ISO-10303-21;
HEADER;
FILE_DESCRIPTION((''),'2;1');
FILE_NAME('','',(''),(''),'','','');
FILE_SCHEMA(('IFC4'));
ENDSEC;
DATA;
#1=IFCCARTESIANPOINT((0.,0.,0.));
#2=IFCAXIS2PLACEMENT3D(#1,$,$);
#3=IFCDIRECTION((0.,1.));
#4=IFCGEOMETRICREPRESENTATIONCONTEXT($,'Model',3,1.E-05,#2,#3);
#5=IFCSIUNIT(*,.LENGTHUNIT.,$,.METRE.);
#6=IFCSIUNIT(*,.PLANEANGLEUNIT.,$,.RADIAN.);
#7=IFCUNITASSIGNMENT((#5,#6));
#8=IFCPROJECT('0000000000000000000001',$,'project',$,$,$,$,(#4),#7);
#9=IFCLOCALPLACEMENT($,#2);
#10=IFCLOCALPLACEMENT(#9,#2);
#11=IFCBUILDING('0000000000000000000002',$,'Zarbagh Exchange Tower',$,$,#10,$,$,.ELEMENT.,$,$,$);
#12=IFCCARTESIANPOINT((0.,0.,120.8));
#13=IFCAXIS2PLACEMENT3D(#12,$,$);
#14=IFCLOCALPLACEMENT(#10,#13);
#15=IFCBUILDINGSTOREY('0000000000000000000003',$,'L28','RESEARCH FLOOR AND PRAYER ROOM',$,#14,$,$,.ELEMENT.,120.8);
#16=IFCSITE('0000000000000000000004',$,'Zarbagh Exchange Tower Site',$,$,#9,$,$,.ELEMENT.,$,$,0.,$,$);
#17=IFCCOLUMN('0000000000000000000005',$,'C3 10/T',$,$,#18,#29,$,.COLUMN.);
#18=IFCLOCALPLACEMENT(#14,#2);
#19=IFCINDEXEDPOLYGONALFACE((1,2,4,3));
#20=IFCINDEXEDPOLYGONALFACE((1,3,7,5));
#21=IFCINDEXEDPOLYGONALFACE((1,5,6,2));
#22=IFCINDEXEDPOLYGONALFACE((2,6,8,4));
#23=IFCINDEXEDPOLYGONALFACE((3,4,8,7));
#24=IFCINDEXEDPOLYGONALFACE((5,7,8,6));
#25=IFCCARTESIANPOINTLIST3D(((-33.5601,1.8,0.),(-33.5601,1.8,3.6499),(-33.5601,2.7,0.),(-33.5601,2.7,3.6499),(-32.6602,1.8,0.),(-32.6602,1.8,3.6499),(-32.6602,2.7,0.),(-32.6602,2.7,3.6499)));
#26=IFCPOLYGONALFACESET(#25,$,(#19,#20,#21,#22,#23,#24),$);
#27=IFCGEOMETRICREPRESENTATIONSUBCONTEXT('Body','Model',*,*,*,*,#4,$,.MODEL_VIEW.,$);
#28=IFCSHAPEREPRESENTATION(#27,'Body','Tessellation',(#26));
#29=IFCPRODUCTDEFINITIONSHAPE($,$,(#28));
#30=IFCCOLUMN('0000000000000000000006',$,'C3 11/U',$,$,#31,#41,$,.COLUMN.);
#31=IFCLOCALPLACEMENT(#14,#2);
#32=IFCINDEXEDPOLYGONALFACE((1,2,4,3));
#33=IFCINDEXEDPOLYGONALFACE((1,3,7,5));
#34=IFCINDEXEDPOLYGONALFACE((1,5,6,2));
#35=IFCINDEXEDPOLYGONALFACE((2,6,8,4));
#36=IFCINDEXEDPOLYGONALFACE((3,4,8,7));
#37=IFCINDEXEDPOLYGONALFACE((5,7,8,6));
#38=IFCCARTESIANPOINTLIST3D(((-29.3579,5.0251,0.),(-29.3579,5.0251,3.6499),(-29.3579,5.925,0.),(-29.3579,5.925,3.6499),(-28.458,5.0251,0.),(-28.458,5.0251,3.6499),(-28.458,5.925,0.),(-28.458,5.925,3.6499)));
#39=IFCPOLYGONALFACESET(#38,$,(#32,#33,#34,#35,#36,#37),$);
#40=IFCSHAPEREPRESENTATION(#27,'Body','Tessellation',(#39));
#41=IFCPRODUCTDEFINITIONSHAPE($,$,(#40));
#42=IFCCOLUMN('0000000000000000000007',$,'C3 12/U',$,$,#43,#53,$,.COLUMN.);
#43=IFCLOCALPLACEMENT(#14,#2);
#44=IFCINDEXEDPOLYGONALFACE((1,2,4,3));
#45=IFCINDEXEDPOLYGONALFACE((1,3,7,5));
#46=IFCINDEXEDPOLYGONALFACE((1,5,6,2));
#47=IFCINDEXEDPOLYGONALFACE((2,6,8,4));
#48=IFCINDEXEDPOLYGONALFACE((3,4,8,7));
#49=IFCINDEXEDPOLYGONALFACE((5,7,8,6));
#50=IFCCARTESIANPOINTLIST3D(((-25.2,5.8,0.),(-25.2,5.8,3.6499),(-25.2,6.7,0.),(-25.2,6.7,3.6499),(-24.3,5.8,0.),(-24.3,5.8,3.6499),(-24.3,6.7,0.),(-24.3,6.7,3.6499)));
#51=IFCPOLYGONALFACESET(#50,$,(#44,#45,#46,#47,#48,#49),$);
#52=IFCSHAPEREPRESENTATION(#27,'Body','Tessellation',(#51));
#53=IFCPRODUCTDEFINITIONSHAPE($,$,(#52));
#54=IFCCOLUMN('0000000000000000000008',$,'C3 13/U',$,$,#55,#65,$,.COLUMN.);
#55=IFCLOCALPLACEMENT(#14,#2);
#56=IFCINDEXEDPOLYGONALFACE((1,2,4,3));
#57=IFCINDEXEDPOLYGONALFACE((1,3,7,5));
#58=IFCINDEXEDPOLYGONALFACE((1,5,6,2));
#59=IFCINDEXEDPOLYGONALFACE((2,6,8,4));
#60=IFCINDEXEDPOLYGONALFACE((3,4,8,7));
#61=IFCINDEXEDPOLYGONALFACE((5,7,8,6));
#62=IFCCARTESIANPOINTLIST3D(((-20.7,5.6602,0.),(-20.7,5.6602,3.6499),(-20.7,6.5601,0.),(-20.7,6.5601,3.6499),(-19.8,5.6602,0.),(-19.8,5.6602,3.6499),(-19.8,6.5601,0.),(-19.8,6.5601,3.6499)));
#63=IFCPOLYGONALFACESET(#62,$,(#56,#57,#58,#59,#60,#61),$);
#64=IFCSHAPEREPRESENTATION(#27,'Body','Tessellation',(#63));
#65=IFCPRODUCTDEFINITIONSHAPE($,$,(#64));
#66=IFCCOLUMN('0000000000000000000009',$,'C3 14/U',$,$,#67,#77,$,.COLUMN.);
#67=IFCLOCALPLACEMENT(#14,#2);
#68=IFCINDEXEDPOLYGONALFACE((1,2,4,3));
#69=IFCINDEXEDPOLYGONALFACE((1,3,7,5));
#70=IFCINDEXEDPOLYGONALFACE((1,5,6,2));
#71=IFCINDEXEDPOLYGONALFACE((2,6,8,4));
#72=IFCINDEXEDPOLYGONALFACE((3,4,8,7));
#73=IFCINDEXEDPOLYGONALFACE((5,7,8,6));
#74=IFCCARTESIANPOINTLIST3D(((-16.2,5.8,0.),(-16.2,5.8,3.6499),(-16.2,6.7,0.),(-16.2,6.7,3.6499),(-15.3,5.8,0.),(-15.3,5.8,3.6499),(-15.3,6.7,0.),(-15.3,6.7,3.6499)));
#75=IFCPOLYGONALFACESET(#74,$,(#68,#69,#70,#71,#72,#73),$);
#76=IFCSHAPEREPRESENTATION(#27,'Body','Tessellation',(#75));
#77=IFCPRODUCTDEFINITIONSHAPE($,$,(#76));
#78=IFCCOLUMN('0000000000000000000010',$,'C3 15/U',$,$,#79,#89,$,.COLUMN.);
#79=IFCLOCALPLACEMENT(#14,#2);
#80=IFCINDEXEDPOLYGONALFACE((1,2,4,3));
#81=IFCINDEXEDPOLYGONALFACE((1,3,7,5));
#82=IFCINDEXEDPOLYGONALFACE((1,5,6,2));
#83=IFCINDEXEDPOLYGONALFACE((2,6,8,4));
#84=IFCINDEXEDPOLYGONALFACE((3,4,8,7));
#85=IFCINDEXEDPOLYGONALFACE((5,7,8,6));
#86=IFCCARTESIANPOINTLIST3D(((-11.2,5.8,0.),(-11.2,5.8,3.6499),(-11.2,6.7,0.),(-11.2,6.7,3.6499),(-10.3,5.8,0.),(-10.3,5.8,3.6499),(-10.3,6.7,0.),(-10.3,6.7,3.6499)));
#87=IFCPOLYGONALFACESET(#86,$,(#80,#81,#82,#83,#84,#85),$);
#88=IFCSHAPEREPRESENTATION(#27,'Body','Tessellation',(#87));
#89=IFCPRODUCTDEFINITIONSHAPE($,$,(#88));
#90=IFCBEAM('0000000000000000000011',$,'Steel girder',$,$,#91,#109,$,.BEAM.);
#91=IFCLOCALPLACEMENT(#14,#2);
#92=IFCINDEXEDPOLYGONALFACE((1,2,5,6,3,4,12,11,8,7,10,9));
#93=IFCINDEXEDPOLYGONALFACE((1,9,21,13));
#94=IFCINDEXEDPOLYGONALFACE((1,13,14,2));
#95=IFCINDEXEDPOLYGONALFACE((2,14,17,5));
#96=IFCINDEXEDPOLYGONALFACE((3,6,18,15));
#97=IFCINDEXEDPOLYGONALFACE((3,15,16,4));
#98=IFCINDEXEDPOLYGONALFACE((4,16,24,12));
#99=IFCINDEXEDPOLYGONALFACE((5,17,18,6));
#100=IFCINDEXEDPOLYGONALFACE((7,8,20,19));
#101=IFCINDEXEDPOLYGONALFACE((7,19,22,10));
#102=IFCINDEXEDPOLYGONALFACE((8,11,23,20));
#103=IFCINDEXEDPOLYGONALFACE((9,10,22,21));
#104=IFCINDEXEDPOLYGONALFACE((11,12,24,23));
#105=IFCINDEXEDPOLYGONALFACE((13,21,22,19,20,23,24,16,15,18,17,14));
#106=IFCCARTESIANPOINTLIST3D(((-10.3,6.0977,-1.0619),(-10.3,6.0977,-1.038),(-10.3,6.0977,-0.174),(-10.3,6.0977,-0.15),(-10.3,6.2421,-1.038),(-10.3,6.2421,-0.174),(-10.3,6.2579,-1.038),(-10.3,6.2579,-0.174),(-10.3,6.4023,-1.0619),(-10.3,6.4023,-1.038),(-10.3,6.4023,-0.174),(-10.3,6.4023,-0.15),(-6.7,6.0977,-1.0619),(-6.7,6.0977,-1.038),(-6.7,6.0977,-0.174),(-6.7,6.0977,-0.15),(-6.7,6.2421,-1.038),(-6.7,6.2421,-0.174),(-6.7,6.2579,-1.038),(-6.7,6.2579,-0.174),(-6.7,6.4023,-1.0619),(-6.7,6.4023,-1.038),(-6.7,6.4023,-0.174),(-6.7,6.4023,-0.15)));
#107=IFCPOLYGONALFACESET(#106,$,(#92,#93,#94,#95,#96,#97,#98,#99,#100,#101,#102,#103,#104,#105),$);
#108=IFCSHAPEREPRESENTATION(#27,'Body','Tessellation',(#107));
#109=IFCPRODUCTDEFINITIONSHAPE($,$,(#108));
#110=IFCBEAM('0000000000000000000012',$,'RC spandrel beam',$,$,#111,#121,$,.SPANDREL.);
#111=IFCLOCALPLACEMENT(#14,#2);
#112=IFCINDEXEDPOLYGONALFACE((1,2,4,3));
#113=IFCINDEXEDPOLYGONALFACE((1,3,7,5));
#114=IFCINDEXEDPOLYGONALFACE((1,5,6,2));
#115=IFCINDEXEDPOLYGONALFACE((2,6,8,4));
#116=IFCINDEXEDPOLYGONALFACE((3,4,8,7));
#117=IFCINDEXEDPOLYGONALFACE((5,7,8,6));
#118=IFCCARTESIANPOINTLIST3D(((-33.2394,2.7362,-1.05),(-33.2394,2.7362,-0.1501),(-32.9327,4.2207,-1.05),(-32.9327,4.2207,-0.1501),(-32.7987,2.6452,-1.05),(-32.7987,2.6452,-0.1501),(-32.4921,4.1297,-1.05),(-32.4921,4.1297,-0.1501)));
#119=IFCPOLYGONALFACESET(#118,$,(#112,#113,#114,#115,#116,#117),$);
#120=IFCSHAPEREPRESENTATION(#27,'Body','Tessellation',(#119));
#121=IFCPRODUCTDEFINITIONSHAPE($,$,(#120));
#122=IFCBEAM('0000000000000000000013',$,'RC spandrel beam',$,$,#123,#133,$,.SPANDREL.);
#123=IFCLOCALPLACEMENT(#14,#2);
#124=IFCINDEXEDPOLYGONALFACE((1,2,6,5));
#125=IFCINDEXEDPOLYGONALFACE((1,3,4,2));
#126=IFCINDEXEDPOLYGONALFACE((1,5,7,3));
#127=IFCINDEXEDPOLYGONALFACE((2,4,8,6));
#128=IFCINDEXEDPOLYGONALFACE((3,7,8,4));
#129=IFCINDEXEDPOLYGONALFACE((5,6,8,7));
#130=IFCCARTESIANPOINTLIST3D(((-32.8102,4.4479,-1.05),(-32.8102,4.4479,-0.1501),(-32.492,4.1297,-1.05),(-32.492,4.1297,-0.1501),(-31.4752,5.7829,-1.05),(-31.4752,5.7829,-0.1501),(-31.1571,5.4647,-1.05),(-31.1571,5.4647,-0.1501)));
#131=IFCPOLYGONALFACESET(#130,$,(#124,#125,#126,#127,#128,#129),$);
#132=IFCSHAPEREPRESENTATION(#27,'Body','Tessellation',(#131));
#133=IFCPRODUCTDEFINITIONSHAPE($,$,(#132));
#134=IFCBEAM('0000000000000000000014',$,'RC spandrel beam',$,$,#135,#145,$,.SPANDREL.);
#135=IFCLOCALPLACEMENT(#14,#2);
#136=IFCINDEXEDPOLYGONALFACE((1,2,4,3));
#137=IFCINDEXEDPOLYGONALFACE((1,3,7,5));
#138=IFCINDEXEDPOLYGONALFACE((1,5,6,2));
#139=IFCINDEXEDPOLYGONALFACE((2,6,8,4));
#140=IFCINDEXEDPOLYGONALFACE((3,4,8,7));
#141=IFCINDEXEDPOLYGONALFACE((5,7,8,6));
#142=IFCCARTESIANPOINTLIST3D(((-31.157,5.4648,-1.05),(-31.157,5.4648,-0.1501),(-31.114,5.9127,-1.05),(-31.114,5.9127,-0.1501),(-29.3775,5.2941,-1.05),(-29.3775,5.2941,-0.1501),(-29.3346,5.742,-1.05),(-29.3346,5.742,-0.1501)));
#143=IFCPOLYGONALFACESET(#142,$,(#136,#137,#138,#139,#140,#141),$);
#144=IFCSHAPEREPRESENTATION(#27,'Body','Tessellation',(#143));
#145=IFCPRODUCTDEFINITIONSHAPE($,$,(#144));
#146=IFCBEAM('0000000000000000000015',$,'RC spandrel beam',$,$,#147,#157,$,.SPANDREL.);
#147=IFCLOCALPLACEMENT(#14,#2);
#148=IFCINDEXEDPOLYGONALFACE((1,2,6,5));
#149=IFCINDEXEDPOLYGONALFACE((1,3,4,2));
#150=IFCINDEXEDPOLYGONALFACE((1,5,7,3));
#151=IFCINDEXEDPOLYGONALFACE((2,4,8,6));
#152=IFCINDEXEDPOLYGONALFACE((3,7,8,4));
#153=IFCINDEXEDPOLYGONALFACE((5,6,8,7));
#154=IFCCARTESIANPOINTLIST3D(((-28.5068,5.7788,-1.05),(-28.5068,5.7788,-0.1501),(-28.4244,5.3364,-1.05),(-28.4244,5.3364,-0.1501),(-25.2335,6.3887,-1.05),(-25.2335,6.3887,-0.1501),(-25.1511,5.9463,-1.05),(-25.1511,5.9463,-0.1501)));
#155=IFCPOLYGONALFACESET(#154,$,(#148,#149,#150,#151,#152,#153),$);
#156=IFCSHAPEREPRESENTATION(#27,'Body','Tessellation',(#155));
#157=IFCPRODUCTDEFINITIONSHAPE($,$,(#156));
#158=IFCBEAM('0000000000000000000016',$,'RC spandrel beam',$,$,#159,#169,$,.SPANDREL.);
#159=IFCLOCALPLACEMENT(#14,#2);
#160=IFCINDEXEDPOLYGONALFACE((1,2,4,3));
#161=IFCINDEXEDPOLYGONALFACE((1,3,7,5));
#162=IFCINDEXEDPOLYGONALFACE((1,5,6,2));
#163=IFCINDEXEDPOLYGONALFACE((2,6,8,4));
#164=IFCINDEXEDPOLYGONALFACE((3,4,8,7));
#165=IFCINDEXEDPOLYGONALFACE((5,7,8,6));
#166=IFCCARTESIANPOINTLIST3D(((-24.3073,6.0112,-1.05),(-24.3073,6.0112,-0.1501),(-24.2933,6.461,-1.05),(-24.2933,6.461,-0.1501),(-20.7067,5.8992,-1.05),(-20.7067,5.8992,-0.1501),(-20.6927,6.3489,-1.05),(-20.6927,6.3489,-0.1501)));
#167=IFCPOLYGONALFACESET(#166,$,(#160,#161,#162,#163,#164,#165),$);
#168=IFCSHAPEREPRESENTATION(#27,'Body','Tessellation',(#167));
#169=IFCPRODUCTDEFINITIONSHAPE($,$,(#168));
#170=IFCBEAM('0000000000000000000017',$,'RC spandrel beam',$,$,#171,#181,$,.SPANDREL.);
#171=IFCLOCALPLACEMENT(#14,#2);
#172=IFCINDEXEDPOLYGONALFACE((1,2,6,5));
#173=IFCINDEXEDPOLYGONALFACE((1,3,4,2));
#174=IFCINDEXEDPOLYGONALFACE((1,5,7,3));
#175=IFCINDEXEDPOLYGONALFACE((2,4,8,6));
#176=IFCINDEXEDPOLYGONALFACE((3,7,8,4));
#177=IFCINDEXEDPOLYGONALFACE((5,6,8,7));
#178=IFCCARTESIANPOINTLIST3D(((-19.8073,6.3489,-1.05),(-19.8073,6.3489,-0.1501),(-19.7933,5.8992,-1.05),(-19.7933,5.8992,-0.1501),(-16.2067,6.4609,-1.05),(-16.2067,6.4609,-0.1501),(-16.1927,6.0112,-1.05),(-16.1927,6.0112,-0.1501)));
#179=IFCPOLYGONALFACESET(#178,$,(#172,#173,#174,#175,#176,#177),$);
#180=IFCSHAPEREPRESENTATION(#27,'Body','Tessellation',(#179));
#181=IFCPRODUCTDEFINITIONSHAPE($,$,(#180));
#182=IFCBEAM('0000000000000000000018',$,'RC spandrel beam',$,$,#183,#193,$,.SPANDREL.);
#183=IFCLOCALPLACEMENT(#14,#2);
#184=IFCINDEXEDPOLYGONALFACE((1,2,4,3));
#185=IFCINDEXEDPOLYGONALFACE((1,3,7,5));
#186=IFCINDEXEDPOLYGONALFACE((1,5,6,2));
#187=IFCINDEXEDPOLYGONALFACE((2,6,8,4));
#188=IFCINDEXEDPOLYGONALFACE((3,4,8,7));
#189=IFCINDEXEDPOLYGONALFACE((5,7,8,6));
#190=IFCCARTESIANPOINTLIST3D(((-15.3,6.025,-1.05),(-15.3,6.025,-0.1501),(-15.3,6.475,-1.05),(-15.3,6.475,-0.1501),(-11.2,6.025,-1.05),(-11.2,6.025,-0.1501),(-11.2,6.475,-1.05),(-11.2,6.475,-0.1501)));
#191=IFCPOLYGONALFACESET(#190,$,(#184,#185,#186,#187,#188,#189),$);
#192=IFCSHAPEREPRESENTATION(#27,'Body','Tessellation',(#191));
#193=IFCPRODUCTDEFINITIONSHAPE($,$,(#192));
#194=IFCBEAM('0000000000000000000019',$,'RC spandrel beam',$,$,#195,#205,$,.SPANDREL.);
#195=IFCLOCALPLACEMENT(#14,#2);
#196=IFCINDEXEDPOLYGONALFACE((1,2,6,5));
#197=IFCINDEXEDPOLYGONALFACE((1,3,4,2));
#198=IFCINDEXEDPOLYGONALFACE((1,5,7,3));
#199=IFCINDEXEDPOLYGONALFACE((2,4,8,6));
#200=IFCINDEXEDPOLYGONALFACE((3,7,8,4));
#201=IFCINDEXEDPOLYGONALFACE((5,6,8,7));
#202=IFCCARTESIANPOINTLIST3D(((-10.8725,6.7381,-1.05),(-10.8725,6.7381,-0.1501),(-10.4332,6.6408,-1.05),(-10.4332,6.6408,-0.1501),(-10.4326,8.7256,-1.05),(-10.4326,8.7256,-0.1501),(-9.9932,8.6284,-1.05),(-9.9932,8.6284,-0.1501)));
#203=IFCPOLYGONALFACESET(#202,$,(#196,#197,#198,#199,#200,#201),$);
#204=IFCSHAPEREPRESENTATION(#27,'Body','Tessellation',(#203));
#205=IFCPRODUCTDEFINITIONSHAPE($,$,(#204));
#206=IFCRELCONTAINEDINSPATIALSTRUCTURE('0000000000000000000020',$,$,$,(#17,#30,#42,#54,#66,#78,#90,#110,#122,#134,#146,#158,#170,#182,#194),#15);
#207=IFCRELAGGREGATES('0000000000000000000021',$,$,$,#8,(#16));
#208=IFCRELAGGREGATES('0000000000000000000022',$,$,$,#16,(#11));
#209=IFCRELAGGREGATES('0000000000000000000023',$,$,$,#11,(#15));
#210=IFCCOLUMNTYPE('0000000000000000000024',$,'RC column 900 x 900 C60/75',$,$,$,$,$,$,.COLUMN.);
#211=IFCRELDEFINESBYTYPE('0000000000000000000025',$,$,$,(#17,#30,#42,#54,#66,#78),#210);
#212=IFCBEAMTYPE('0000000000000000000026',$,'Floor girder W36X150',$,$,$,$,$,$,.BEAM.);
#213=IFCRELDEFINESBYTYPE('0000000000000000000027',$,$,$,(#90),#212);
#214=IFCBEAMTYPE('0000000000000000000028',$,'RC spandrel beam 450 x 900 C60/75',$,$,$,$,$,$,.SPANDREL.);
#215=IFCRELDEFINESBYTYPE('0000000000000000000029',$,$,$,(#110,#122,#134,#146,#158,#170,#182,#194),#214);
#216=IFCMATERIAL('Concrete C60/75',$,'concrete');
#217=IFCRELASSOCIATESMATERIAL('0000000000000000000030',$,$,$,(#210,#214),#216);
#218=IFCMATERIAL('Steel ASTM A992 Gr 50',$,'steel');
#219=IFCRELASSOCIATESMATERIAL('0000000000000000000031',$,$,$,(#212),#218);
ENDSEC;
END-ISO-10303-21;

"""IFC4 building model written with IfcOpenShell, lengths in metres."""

from ifc_helpers import new_model, si_unit, direction, frame, origin, origin_2d, place, context, subcontext, project, spatial, rectangle, i_section, extrude, material, material_profile, profile_set, type_object, element, save


model = new_model("IFC4")

# Units and contexts
model_context = context("Model", 3, precision=1e-05, world=origin(), true_north=direction((0.0, 1.0)))
body_context = subcontext(model_context, "Body", "Model", "MODEL_VIEW")
ifc_project = project(units=[si_unit("LENGTHUNIT", "METRE"), si_unit("PLANEANGLEUNIT", "RADIAN")], contexts=[model_context])

# Site, building, storey
site_placement = place(None, origin())
site = spatial("IfcSite", under=ifc_project, at=site_placement, Name="Zarbagh Exchange Tower Site", CompositionType="ELEMENT", RefElevation=0.0)
building_placement = place(site_placement, origin())
building = spatial("IfcBuilding", under=site, at=building_placement, Name="Zarbagh Exchange Tower", CompositionType="ELEMENT")
storey_placement = place(building_placement, frame((0.0, 0.0, 120.8)))
storey = spatial("IfcBuildingStorey", under=building, at=storey_placement, Name="L28", Description="RESEARCH FLOOR AND PRAYER ROOM", CompositionType="ELEMENT", Elevation=120.8)

# Columns
ifc_material_1 = material(Name="Concrete C60/75", Category="concrete")
ifc_material_profile_1 = material_profile(ifc_material_1, rectangle(XDim=0.8999, YDim=0.8999, at=origin_2d()), Name="RC column 900 x 900 C60/75")
ifc_profile_set_1 = profile_set([ifc_material_profile_1], Name="Concrete C60/75")
column_type = type_object("IfcColumnType", Name="RC column 900 x 900 C60/75", PredefinedType="COLUMN", material=ifc_profile_set_1)
for number, where, z_axis, x_axis, name in (
    (1, (-33.1101, 2.25, 0.0), (0.0, 0.0, 1.0), (1.0, 0.0, 0.0), "C3 10/T"),
    (2, (-28.908, 5.4751, 0.0), (0.0, 0.0, 1.0), (1.0, 0.0, 0.0), "C3 11/U"),
    (3, (-24.75, 6.25, 0.0), (0.0, 0.0, 1.0), (1.0, 0.0, 0.0), "C3 12/U"),
    (4, (-20.25, 6.1101, 0.0), (0.0, 0.0, 1.0), (1.0, 0.0, 0.0), "C3 13/U"),
    (5, (-15.75, 6.25, 0.0), (0.0, 0.0, 1.0), (1.0, 0.0, 0.0), "C3 14/U"),
    (6, (-10.75, 6.25, 0.0), (0.0, 0.0, 1.0), (1.0, 0.0, 0.0), "C3 15/U"),
):
    element("IfcColumn", number, at=place(storey_placement, frame(where, z_axis=z_axis, x_axis=x_axis)), inside=storey, type_object=column_type, Name=name, PredefinedType="COLUMN", context=body_context, shape_type="SweptSolid", body=[
        extrude(rectangle(XDim=0.8999, YDim=0.8999, at=origin_2d()), origin(), (0.0, 0.0, 1.0), 3.6499),
    ])

# Beams
ifc_material_2 = material(Name="Steel ASTM A992 Gr 50", Category="steel")
ifc_material_profile_2 = material_profile(ifc_material_2, i_section(OverallWidth=0.3047, OverallDepth=0.9119, WebThickness=0.0159, FlangeThickness=0.0239, at=origin_2d()), Name="W36X150")
ifc_profile_set_2 = profile_set([ifc_material_profile_2], Name="Steel ASTM A992 Gr 50")
beam_type_1 = type_object("IfcBeamType", Name="Floor girder W36X150", PredefinedType="BEAM", material=ifc_profile_set_2)
beam_1_placement = place(storey_placement, frame((-10.3, 6.25, -0.606), z_axis=(1.0, 0.0, 0.0), x_axis=(0.0, 1.0, 0.0)))
element("IfcBeam", 7, at=beam_1_placement, inside=storey, type_object=beam_type_1, Name="Steel girder", PredefinedType="BEAM", context=body_context, shape_type="SweptSolid", body=[
    extrude(i_section(OverallWidth=0.3047, OverallDepth=0.9119, WebThickness=0.0159, FlangeThickness=0.0239, at=origin_2d()), origin(), (0.0, 0.0, 1.0), 3.6001),
])
ifc_material_profile_3 = material_profile(ifc_material_1, rectangle(XDim=0.45, YDim=0.8999, at=origin_2d()), Name="RC spandrel beam 450 x 900 C60/75")
ifc_profile_set_3 = profile_set([ifc_material_profile_3], Name="Concrete C60/75")
beam_type_2 = type_object("IfcBeamType", Name="RC spandrel beam 450 x 900 C60/75", PredefinedType="SPANDREL", material=ifc_profile_set_3)
beam_2_placement = place(storey_placement, frame((-33.019, 2.6907, -0.6001), z_axis=(0.202275, 0.979329, 0.0), x_axis=(-0.979329, 0.202275, 0.0)))
element("IfcBeam", 8, at=beam_2_placement, inside=storey, type_object=beam_type_2, Name="RC spandrel beam", PredefinedType="SPANDREL", context=body_context, shape_type="SweptSolid", body=[
    extrude(rectangle(XDim=0.45, YDim=0.8999, at=origin_2d()), origin(), (0.0, 0.0, 1.0), 1.5159),
])
beam_3_placement = place(storey_placement, frame((-32.6511, 4.2888, -0.6001), z_axis=(0.707107, 0.707107, 0.0), x_axis=(-0.707107, 0.707107, 0.0)))
element("IfcBeam", 9, at=beam_3_placement, inside=storey, type_object=beam_type_2, Name="RC spandrel beam", PredefinedType="SPANDREL", context=body_context, shape_type="SweptSolid", body=[
    extrude(rectangle(XDim=0.45, YDim=0.8999, at=origin_2d()), origin(), (0.0, 0.0, 1.0), 1.8879),
])
beam_4_placement = place(storey_placement, frame((-31.1355, 5.6887, -0.6001), z_axis=(0.995433, -0.09546, 0.0), x_axis=(0.09546, 0.995433, 0.0)))
element("IfcBeam", 10, at=beam_4_placement, inside=storey, type_object=beam_type_2, Name="RC spandrel beam", PredefinedType="SPANDREL", context=body_context, shape_type="SweptSolid", body=[
    extrude(rectangle(XDim=0.45, YDim=0.8999, at=origin_2d()), origin(), (0.0, 0.0, 1.0), 1.7876),
])
beam_5_placement = place(storey_placement, frame((-28.4656, 5.5576, -0.6001), z_axis=(0.983082, 0.183168, 0.0), x_axis=(-0.183168, 0.983082, 0.0)))
element("IfcBeam", 11, at=beam_5_placement, inside=storey, type_object=beam_type_2, Name="RC spandrel beam", PredefinedType="SPANDREL", context=body_context, shape_type="SweptSolid", body=[
    extrude(rectangle(XDim=0.45, YDim=0.8999, at=origin_2d()), origin(), (0.0, 0.0, 1.0), 3.3296),
])
for number, where, z_axis, x_axis, name in (
    (12, (-24.3003, 6.2361, -0.6001), (0.999516, -0.031108, 0.0), (0.031108, 0.999516, 0.0), "RC spandrel beam"),
    (13, (-19.8003, 6.124, -0.6001), (0.999516, 0.031108, 0.0), (-0.031108, 0.999516, 0.0), "RC spandrel beam"),
):
    element("IfcBeam", number, at=place(storey_placement, frame(where, z_axis=z_axis, x_axis=x_axis)), inside=storey, type_object=beam_type_2, Name=name, PredefinedType="SPANDREL", context=body_context, shape_type="SweptSolid", body=[
        extrude(rectangle(XDim=0.45, YDim=0.8999, at=origin_2d()), origin(), (0.0, 0.0, 1.0), 3.6023),
    ])
beam_6_placement = place(storey_placement, frame((-15.3, 6.25, -0.6001), z_axis=(1.0, 0.0, 0.0), x_axis=(0.0, 1.0, 0.0)))
element("IfcBeam", 14, at=beam_6_placement, inside=storey, type_object=beam_type_2, Name="RC spandrel beam", PredefinedType="SPANDREL", context=body_context, shape_type="SweptSolid", body=[
    extrude(rectangle(XDim=0.45, YDim=0.8999, at=origin_2d()), origin(), (0.0, 0.0, 1.0), 4.1001),
])
beam_7_placement = place(storey_placement, frame((-10.6528, 6.6895, -0.6001), z_axis=(0.216118, 0.976367, 0.0), x_axis=(-0.976367, 0.216118, 0.0)))
element("IfcBeam", 15, at=beam_7_placement, inside=storey, type_object=beam_type_2, Name="RC spandrel beam", PredefinedType="SPANDREL", context=body_context, shape_type="SweptSolid", body=[
    extrude(rectangle(XDim=0.45, YDim=0.8999, at=origin_2d()), origin(), (0.0, 0.0, 1.0), 2.0356),
])

save(model, "model.ifc")
